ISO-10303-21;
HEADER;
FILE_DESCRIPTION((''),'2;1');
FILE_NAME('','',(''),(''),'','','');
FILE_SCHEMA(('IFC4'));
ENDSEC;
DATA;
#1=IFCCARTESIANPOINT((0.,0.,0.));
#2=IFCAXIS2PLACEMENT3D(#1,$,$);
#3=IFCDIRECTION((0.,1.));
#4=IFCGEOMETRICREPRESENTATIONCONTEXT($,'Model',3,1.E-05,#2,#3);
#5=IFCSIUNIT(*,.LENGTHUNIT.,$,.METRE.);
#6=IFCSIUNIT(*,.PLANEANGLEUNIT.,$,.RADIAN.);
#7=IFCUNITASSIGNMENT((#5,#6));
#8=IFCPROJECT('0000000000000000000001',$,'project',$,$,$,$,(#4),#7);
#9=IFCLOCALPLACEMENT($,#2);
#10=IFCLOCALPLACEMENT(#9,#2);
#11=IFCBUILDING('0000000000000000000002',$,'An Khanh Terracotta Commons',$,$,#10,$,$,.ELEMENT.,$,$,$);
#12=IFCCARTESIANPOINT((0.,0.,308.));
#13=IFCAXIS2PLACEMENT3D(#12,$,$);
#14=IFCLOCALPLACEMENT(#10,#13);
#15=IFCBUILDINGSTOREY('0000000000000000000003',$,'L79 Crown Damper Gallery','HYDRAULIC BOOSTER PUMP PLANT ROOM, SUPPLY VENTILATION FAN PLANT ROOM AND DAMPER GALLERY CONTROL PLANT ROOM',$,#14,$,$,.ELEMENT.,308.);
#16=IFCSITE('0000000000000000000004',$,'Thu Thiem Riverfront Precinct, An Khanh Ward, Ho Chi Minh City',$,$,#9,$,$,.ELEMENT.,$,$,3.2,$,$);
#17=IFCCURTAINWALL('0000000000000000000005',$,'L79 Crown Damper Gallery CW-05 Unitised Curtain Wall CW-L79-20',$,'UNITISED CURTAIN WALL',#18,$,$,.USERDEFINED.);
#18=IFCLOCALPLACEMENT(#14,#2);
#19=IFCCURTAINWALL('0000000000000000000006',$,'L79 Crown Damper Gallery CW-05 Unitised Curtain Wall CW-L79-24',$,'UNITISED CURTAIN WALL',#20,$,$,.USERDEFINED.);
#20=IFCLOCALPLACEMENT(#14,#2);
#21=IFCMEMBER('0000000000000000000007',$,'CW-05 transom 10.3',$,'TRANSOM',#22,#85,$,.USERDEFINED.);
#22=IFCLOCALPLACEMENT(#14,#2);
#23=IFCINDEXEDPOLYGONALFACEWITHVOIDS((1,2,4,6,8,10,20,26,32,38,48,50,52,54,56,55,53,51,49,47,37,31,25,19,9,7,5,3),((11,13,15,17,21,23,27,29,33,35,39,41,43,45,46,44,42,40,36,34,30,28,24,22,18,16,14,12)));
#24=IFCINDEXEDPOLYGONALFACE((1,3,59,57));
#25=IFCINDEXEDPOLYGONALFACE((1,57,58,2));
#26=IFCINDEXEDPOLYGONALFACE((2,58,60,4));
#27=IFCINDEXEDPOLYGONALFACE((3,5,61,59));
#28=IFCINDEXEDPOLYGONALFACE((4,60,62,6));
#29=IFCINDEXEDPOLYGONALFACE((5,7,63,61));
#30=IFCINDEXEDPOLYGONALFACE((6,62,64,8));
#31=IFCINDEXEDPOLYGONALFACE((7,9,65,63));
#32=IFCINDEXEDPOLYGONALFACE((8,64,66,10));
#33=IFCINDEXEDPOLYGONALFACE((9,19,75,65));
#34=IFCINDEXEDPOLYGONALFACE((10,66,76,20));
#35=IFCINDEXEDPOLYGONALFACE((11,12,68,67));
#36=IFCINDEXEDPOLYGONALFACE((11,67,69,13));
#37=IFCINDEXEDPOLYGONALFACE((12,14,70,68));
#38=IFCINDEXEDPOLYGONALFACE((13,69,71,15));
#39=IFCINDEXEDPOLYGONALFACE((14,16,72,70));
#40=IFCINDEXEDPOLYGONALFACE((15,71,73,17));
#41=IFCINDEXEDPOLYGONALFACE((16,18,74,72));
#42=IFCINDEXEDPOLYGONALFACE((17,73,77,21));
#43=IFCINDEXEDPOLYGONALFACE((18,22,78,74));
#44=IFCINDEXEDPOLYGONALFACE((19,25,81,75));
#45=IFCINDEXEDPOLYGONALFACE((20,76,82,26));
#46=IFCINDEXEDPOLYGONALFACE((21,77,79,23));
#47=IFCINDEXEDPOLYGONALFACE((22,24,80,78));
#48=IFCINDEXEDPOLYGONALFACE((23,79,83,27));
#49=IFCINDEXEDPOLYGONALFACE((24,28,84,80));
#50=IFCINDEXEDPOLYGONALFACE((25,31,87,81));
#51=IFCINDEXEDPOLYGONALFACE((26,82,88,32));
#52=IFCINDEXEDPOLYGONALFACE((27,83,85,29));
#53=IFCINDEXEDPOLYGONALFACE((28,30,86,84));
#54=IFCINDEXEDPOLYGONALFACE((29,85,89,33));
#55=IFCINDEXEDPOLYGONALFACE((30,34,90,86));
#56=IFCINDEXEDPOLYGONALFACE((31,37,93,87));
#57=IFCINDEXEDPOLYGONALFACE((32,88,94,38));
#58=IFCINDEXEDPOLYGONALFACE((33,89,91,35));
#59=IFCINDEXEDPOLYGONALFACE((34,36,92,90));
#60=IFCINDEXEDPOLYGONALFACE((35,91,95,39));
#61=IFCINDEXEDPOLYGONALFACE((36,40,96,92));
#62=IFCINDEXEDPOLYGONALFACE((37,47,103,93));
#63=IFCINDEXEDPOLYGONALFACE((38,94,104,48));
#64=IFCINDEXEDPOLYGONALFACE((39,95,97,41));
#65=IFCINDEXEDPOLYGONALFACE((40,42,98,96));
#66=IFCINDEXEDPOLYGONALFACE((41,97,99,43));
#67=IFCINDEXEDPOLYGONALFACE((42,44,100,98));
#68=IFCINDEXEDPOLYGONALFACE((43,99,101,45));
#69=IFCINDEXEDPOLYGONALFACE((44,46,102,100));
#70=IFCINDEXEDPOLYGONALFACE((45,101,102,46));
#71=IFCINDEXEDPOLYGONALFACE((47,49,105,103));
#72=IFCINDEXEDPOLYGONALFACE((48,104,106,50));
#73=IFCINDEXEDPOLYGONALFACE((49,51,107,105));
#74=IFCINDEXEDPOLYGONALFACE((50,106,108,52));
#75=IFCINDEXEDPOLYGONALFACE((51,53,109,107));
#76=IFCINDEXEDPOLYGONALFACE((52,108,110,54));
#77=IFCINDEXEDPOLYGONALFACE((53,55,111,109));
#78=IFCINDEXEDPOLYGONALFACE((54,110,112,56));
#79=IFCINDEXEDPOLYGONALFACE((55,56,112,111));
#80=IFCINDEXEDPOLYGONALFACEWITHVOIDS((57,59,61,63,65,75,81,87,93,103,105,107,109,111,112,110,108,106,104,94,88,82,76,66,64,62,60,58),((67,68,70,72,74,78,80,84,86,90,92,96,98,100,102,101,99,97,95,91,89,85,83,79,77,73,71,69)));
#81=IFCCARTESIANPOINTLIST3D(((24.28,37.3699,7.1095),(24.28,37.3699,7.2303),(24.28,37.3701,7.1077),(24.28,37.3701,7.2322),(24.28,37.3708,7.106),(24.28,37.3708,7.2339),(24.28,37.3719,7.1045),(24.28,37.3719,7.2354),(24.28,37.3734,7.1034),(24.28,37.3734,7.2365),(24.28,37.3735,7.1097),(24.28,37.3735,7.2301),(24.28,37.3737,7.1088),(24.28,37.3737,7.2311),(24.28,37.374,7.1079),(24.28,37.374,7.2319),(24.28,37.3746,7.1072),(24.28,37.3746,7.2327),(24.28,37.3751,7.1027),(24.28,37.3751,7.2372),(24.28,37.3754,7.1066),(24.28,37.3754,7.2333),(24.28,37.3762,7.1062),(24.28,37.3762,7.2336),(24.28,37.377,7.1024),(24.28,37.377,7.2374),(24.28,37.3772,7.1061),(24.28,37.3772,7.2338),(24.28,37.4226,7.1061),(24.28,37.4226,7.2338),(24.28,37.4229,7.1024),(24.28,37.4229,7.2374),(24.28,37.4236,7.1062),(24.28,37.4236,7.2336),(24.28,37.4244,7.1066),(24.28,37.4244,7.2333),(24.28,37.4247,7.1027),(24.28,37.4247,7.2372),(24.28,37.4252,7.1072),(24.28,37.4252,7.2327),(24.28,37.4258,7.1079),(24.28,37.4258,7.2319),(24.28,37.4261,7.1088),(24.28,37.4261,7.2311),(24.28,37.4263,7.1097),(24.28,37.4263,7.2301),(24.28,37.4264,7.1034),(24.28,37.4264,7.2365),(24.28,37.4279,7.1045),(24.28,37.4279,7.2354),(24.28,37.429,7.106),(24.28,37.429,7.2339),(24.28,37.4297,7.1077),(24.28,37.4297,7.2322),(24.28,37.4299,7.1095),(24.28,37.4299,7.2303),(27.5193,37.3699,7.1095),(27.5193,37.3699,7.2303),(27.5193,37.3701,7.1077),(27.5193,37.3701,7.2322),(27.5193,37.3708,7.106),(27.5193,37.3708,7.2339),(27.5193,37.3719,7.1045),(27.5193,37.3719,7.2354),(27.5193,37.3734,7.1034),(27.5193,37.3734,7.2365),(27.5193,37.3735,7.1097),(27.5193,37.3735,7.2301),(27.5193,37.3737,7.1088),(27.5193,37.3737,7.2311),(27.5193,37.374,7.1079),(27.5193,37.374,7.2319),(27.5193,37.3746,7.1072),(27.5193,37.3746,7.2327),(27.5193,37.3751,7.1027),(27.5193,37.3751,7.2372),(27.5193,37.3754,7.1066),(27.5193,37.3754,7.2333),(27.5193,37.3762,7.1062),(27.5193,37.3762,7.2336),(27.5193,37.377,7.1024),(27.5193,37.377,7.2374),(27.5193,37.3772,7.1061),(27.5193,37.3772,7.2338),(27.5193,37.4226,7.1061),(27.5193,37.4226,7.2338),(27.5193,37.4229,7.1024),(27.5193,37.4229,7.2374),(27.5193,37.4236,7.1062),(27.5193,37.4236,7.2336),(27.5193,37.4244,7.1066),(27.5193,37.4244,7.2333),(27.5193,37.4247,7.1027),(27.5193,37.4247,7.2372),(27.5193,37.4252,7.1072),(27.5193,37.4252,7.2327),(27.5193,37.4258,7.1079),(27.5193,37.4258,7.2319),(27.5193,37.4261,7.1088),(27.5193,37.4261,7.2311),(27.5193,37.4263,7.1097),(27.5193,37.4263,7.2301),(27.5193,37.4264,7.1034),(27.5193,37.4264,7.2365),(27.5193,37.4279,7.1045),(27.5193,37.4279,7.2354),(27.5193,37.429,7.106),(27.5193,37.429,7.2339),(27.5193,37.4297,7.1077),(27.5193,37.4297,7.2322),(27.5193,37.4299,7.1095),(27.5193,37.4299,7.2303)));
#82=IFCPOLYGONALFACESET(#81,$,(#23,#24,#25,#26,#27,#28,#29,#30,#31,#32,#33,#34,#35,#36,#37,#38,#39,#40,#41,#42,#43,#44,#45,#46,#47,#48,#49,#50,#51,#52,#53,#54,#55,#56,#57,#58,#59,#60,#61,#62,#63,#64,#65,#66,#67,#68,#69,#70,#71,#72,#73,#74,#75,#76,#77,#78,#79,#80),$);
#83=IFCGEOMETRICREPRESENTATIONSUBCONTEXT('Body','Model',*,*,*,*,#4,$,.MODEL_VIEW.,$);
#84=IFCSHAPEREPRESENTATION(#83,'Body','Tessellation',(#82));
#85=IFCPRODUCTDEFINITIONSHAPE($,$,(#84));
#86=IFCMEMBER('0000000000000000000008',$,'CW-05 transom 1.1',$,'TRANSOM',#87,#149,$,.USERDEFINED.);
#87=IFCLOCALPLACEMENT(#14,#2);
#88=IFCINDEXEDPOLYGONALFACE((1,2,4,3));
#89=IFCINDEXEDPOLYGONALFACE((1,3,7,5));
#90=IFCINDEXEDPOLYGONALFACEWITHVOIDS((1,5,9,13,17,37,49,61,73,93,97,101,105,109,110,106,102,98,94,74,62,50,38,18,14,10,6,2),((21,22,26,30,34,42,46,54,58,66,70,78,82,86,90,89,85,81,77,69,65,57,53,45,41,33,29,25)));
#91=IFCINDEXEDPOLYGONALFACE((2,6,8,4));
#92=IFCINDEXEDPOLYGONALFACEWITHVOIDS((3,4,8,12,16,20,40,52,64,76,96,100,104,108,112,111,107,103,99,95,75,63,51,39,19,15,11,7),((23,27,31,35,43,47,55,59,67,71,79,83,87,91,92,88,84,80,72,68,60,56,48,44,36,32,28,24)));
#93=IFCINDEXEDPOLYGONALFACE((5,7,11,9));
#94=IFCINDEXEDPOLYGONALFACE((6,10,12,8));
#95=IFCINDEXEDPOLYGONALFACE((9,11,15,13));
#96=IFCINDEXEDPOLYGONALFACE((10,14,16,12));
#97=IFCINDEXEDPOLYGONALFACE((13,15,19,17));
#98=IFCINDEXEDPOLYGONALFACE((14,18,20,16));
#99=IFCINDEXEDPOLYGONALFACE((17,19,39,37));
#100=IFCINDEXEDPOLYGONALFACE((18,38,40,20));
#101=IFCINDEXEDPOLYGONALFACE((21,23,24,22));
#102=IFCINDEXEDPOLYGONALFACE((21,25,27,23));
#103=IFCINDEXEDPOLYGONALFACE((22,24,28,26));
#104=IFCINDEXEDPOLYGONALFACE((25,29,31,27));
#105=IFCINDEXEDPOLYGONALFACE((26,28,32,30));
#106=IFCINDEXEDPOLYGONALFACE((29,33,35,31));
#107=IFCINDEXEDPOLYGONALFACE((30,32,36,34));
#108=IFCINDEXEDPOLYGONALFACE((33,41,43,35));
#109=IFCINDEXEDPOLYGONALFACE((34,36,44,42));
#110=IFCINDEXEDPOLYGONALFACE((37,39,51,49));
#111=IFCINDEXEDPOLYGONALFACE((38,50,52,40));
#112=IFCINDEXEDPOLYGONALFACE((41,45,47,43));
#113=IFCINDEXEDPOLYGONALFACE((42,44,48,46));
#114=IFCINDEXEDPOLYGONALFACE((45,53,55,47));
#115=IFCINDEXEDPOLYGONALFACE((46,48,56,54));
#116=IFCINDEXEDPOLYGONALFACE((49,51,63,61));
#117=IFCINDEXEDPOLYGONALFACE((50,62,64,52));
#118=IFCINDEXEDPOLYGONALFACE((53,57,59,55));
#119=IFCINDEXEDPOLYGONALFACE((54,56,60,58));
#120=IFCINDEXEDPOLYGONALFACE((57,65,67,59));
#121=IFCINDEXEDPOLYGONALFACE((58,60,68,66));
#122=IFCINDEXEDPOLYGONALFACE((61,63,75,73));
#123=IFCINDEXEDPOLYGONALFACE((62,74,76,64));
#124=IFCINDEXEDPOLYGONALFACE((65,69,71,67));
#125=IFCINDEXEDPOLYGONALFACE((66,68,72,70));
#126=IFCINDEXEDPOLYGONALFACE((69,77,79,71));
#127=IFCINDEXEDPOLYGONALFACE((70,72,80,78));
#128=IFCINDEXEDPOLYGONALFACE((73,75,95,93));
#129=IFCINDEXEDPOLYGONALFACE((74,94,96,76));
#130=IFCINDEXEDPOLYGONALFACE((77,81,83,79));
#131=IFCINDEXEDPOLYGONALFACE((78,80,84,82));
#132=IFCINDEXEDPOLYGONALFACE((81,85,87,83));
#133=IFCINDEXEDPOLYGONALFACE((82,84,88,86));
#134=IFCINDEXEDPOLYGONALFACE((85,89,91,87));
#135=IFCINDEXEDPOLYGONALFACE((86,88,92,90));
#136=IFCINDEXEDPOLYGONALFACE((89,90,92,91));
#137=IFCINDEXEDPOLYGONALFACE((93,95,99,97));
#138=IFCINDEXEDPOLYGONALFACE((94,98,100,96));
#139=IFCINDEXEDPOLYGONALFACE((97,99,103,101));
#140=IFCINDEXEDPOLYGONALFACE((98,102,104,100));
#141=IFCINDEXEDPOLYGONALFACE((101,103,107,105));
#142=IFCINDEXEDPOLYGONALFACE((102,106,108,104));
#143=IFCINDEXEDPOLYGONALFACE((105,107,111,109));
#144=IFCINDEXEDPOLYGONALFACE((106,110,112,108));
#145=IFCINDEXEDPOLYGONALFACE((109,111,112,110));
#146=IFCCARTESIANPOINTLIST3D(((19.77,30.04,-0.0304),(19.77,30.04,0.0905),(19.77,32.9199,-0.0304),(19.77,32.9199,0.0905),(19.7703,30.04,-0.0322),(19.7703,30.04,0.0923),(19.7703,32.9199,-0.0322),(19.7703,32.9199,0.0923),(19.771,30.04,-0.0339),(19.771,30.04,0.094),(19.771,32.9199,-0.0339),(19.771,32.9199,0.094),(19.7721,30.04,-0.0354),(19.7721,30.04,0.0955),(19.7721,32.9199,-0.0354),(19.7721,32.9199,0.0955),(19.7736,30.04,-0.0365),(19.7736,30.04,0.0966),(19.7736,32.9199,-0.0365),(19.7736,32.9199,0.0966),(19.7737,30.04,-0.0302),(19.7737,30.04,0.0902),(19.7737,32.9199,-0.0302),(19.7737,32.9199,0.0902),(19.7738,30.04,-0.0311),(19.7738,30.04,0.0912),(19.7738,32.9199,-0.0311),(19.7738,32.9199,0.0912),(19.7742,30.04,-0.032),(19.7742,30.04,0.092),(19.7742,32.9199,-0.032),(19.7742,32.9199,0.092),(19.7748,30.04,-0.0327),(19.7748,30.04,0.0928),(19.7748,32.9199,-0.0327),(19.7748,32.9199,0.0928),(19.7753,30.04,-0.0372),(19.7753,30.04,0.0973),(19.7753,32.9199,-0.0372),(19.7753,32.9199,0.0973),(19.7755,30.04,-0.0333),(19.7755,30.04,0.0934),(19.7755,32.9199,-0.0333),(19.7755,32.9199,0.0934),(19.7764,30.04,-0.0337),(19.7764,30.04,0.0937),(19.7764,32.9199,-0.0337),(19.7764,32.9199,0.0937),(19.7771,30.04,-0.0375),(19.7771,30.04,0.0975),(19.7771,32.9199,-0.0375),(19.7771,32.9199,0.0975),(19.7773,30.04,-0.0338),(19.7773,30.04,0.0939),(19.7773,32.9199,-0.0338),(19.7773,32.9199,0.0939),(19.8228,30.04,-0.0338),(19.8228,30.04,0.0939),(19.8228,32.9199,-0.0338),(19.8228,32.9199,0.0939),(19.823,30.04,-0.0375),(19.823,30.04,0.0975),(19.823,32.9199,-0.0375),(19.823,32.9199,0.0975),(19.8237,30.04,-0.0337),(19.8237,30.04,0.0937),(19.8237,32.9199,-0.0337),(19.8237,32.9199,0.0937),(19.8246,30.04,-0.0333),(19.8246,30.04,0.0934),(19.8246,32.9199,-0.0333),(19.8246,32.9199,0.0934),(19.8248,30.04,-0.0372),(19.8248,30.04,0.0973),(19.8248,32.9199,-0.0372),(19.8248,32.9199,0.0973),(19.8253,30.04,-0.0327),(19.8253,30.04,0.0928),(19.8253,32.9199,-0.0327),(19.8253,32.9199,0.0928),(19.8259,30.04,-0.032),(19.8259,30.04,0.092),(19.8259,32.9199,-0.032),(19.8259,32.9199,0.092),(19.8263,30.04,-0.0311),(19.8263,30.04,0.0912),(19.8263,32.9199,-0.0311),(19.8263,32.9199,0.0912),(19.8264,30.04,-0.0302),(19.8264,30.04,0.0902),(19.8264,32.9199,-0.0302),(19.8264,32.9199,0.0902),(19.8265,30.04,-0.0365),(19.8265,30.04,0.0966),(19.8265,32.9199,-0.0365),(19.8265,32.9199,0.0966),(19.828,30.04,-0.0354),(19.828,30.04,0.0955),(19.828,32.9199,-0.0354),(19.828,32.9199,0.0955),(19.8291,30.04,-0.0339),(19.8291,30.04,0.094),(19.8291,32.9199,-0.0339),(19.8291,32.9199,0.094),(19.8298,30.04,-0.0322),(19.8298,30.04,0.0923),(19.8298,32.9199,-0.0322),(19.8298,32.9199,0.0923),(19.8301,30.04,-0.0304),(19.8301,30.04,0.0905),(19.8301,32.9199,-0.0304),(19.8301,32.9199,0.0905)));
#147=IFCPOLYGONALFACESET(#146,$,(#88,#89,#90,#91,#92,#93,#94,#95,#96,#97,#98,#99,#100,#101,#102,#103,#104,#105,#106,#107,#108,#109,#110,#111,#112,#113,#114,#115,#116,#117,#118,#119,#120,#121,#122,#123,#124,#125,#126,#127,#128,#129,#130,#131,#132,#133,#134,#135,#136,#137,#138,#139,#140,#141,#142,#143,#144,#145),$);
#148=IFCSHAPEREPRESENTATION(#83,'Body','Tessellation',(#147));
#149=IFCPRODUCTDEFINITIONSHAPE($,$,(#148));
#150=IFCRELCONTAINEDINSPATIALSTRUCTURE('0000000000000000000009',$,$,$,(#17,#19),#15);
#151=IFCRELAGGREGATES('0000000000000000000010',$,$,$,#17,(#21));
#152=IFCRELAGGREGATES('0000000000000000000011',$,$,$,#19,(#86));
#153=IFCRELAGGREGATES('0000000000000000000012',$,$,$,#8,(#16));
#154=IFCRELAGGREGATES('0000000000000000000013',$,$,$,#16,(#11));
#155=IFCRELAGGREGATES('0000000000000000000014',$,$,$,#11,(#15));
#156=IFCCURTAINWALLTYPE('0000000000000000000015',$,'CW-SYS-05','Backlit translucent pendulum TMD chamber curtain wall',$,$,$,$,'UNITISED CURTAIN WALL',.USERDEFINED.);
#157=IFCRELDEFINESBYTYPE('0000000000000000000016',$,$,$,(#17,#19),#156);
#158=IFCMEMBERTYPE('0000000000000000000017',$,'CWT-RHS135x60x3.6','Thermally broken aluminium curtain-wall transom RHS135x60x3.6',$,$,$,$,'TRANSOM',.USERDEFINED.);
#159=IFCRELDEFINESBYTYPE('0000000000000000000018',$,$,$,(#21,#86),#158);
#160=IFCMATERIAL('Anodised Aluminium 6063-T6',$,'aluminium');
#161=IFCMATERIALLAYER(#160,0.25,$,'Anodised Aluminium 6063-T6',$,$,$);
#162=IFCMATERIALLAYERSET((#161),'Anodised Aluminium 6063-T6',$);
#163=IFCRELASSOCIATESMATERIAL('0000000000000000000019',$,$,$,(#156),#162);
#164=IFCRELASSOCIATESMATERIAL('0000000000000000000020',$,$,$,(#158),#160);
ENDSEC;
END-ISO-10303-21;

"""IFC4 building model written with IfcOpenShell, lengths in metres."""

from ifc_helpers import new_model, si_unit, direction, frame, origin, origin_2d, place, context, subcontext, project, spatial, hollow_rectangle, extrude, material, layer, layer_set, material_profile, profile_set, type_object, element, aggregate, save


model = new_model("IFC4")

# Units and contexts
model_context = context("Model", 3, precision=1e-05, world=origin(), true_north=direction((0.0, 1.0)))
body_context = subcontext(model_context, "Body", "Model", "MODEL_VIEW")
ifc_project = project(units=[si_unit("LENGTHUNIT", "METRE"), si_unit("PLANEANGLEUNIT", "RADIAN")], contexts=[model_context])

# Site, building, storey
site_placement = place(None, origin())
site = spatial("IfcSite", under=ifc_project, at=site_placement, Name="Thu Thiem Riverfront Precinct, An Khanh Ward, Ho Chi Minh City", CompositionType="ELEMENT", RefElevation=3.2)
building_placement = place(site_placement, origin())
building = spatial("IfcBuilding", under=site, at=building_placement, Name="An Khanh Terracotta Commons", CompositionType="ELEMENT")
storey_placement = place(building_placement, frame((0.0, 0.0, 308.0)))
storey = spatial("IfcBuildingStorey", under=building, at=storey_placement, Name="L79 Crown Damper Gallery", Description="HYDRAULIC BOOSTER PUMP PLANT ROOM, SUPPLY VENTILATION FAN PLANT ROOM AND DAMPER GALLERY CONTROL PLANT ROOM", CompositionType="ELEMENT", Elevation=308.0)

# Curtain wall
ifc_material_1 = material(Name="Anodised Aluminium 6063-T6", Category="aluminium")
ifc_layer_1 = layer(ifc_material_1, 0.25, Name="Anodised Aluminium 6063-T6")
ifc_layer_set_1 = layer_set([ifc_layer_1], Name="Anodised Aluminium 6063-T6")
curtain_wall_type = type_object("IfcCurtainWallType", Name="CW-SYS-05", Description="Backlit translucent pendulum TMD chamber curtain wall", ElementType="UNITISED CURTAIN WALL", PredefinedType="USERDEFINED", material=ifc_layer_set_1)
curtain_wall_1_placement = place(storey_placement, origin())
curtain_wall_1 = element("IfcCurtainWall", 1, at=curtain_wall_1_placement, inside=storey, type_object=curtain_wall_type, Name="L79 Crown Damper Gallery CW-05 Unitised Curtain Wall CW-L79-20", ObjectType="UNITISED CURTAIN WALL", PredefinedType="USERDEFINED")

# Curtain wall
curtain_wall_2_placement = place(storey_placement, origin())
curtain_wall_2 = element("IfcCurtainWall", 2, at=curtain_wall_2_placement, inside=storey, type_object=curtain_wall_type, Name="L79 Crown Damper Gallery CW-05 Unitised Curtain Wall CW-L79-24", ObjectType="UNITISED CURTAIN WALL", PredefinedType="USERDEFINED")

# Members
ifc_material_profile_1 = material_profile(ifc_material_1, hollow_rectangle(XDim=0.0601, YDim=0.135, WallThickness=0.0037, InnerFilletRadius=0.0037, OuterFilletRadius=0.0071, at=origin_2d()), Name="RHS135x60x3.6")
ifc_profile_set_1 = profile_set([ifc_material_profile_1], Name="Anodised Aluminium 6063-T6")
member_type_1 = type_object("IfcMemberType", Name="CWT-RHS135x60x3.6", Description="Thermally broken aluminium curtain-wall transom RHS135x60x3.6", ElementType="TRANSOM", PredefinedType="USERDEFINED", material=ifc_profile_set_1)
member_1_placement = place(storey_placement, frame((27.5193, 37.3999, 7.1699), z_axis=(-1.0, 0.0, 0.0), x_axis=(0.0, -1.0, 0.0)))
member_1 = element("IfcMember", 3, at=member_1_placement, type_object=member_type_1, Name="CW-05 transom 10.3", ObjectType="TRANSOM", PredefinedType="USERDEFINED", context=body_context, shape_type="SweptSolid", body=[
    extrude(hollow_rectangle(XDim=0.0601, YDim=0.135, WallThickness=0.0037, InnerFilletRadius=0.0037, OuterFilletRadius=0.0071, at=origin_2d()), origin(), (0.0, 0.0, 1.0), 3.2393),
])
member_2_placement = place(storey_placement, frame((19.8, 32.9199, 0.03), z_axis=(0.0, -1.0, 0.0), x_axis=(1.0, 0.0, 0.0)))
member_2 = element("IfcMember", 4, at=member_2_placement, type_object=member_type_1, Name="CW-05 transom 1.1", ObjectType="TRANSOM", PredefinedType="USERDEFINED", context=body_context, shape_type="SweptSolid", body=[
    extrude(hollow_rectangle(XDim=0.0601, YDim=0.135, WallThickness=0.0037, InnerFilletRadius=0.0037, OuterFilletRadius=0.0071, at=origin_2d()), origin(), (0.0, 0.0, 1.0), 2.8799),
])

aggregate(curtain_wall_1, [member_1])
aggregate(curtain_wall_2, [member_2])

save(model, "model.ifc")
